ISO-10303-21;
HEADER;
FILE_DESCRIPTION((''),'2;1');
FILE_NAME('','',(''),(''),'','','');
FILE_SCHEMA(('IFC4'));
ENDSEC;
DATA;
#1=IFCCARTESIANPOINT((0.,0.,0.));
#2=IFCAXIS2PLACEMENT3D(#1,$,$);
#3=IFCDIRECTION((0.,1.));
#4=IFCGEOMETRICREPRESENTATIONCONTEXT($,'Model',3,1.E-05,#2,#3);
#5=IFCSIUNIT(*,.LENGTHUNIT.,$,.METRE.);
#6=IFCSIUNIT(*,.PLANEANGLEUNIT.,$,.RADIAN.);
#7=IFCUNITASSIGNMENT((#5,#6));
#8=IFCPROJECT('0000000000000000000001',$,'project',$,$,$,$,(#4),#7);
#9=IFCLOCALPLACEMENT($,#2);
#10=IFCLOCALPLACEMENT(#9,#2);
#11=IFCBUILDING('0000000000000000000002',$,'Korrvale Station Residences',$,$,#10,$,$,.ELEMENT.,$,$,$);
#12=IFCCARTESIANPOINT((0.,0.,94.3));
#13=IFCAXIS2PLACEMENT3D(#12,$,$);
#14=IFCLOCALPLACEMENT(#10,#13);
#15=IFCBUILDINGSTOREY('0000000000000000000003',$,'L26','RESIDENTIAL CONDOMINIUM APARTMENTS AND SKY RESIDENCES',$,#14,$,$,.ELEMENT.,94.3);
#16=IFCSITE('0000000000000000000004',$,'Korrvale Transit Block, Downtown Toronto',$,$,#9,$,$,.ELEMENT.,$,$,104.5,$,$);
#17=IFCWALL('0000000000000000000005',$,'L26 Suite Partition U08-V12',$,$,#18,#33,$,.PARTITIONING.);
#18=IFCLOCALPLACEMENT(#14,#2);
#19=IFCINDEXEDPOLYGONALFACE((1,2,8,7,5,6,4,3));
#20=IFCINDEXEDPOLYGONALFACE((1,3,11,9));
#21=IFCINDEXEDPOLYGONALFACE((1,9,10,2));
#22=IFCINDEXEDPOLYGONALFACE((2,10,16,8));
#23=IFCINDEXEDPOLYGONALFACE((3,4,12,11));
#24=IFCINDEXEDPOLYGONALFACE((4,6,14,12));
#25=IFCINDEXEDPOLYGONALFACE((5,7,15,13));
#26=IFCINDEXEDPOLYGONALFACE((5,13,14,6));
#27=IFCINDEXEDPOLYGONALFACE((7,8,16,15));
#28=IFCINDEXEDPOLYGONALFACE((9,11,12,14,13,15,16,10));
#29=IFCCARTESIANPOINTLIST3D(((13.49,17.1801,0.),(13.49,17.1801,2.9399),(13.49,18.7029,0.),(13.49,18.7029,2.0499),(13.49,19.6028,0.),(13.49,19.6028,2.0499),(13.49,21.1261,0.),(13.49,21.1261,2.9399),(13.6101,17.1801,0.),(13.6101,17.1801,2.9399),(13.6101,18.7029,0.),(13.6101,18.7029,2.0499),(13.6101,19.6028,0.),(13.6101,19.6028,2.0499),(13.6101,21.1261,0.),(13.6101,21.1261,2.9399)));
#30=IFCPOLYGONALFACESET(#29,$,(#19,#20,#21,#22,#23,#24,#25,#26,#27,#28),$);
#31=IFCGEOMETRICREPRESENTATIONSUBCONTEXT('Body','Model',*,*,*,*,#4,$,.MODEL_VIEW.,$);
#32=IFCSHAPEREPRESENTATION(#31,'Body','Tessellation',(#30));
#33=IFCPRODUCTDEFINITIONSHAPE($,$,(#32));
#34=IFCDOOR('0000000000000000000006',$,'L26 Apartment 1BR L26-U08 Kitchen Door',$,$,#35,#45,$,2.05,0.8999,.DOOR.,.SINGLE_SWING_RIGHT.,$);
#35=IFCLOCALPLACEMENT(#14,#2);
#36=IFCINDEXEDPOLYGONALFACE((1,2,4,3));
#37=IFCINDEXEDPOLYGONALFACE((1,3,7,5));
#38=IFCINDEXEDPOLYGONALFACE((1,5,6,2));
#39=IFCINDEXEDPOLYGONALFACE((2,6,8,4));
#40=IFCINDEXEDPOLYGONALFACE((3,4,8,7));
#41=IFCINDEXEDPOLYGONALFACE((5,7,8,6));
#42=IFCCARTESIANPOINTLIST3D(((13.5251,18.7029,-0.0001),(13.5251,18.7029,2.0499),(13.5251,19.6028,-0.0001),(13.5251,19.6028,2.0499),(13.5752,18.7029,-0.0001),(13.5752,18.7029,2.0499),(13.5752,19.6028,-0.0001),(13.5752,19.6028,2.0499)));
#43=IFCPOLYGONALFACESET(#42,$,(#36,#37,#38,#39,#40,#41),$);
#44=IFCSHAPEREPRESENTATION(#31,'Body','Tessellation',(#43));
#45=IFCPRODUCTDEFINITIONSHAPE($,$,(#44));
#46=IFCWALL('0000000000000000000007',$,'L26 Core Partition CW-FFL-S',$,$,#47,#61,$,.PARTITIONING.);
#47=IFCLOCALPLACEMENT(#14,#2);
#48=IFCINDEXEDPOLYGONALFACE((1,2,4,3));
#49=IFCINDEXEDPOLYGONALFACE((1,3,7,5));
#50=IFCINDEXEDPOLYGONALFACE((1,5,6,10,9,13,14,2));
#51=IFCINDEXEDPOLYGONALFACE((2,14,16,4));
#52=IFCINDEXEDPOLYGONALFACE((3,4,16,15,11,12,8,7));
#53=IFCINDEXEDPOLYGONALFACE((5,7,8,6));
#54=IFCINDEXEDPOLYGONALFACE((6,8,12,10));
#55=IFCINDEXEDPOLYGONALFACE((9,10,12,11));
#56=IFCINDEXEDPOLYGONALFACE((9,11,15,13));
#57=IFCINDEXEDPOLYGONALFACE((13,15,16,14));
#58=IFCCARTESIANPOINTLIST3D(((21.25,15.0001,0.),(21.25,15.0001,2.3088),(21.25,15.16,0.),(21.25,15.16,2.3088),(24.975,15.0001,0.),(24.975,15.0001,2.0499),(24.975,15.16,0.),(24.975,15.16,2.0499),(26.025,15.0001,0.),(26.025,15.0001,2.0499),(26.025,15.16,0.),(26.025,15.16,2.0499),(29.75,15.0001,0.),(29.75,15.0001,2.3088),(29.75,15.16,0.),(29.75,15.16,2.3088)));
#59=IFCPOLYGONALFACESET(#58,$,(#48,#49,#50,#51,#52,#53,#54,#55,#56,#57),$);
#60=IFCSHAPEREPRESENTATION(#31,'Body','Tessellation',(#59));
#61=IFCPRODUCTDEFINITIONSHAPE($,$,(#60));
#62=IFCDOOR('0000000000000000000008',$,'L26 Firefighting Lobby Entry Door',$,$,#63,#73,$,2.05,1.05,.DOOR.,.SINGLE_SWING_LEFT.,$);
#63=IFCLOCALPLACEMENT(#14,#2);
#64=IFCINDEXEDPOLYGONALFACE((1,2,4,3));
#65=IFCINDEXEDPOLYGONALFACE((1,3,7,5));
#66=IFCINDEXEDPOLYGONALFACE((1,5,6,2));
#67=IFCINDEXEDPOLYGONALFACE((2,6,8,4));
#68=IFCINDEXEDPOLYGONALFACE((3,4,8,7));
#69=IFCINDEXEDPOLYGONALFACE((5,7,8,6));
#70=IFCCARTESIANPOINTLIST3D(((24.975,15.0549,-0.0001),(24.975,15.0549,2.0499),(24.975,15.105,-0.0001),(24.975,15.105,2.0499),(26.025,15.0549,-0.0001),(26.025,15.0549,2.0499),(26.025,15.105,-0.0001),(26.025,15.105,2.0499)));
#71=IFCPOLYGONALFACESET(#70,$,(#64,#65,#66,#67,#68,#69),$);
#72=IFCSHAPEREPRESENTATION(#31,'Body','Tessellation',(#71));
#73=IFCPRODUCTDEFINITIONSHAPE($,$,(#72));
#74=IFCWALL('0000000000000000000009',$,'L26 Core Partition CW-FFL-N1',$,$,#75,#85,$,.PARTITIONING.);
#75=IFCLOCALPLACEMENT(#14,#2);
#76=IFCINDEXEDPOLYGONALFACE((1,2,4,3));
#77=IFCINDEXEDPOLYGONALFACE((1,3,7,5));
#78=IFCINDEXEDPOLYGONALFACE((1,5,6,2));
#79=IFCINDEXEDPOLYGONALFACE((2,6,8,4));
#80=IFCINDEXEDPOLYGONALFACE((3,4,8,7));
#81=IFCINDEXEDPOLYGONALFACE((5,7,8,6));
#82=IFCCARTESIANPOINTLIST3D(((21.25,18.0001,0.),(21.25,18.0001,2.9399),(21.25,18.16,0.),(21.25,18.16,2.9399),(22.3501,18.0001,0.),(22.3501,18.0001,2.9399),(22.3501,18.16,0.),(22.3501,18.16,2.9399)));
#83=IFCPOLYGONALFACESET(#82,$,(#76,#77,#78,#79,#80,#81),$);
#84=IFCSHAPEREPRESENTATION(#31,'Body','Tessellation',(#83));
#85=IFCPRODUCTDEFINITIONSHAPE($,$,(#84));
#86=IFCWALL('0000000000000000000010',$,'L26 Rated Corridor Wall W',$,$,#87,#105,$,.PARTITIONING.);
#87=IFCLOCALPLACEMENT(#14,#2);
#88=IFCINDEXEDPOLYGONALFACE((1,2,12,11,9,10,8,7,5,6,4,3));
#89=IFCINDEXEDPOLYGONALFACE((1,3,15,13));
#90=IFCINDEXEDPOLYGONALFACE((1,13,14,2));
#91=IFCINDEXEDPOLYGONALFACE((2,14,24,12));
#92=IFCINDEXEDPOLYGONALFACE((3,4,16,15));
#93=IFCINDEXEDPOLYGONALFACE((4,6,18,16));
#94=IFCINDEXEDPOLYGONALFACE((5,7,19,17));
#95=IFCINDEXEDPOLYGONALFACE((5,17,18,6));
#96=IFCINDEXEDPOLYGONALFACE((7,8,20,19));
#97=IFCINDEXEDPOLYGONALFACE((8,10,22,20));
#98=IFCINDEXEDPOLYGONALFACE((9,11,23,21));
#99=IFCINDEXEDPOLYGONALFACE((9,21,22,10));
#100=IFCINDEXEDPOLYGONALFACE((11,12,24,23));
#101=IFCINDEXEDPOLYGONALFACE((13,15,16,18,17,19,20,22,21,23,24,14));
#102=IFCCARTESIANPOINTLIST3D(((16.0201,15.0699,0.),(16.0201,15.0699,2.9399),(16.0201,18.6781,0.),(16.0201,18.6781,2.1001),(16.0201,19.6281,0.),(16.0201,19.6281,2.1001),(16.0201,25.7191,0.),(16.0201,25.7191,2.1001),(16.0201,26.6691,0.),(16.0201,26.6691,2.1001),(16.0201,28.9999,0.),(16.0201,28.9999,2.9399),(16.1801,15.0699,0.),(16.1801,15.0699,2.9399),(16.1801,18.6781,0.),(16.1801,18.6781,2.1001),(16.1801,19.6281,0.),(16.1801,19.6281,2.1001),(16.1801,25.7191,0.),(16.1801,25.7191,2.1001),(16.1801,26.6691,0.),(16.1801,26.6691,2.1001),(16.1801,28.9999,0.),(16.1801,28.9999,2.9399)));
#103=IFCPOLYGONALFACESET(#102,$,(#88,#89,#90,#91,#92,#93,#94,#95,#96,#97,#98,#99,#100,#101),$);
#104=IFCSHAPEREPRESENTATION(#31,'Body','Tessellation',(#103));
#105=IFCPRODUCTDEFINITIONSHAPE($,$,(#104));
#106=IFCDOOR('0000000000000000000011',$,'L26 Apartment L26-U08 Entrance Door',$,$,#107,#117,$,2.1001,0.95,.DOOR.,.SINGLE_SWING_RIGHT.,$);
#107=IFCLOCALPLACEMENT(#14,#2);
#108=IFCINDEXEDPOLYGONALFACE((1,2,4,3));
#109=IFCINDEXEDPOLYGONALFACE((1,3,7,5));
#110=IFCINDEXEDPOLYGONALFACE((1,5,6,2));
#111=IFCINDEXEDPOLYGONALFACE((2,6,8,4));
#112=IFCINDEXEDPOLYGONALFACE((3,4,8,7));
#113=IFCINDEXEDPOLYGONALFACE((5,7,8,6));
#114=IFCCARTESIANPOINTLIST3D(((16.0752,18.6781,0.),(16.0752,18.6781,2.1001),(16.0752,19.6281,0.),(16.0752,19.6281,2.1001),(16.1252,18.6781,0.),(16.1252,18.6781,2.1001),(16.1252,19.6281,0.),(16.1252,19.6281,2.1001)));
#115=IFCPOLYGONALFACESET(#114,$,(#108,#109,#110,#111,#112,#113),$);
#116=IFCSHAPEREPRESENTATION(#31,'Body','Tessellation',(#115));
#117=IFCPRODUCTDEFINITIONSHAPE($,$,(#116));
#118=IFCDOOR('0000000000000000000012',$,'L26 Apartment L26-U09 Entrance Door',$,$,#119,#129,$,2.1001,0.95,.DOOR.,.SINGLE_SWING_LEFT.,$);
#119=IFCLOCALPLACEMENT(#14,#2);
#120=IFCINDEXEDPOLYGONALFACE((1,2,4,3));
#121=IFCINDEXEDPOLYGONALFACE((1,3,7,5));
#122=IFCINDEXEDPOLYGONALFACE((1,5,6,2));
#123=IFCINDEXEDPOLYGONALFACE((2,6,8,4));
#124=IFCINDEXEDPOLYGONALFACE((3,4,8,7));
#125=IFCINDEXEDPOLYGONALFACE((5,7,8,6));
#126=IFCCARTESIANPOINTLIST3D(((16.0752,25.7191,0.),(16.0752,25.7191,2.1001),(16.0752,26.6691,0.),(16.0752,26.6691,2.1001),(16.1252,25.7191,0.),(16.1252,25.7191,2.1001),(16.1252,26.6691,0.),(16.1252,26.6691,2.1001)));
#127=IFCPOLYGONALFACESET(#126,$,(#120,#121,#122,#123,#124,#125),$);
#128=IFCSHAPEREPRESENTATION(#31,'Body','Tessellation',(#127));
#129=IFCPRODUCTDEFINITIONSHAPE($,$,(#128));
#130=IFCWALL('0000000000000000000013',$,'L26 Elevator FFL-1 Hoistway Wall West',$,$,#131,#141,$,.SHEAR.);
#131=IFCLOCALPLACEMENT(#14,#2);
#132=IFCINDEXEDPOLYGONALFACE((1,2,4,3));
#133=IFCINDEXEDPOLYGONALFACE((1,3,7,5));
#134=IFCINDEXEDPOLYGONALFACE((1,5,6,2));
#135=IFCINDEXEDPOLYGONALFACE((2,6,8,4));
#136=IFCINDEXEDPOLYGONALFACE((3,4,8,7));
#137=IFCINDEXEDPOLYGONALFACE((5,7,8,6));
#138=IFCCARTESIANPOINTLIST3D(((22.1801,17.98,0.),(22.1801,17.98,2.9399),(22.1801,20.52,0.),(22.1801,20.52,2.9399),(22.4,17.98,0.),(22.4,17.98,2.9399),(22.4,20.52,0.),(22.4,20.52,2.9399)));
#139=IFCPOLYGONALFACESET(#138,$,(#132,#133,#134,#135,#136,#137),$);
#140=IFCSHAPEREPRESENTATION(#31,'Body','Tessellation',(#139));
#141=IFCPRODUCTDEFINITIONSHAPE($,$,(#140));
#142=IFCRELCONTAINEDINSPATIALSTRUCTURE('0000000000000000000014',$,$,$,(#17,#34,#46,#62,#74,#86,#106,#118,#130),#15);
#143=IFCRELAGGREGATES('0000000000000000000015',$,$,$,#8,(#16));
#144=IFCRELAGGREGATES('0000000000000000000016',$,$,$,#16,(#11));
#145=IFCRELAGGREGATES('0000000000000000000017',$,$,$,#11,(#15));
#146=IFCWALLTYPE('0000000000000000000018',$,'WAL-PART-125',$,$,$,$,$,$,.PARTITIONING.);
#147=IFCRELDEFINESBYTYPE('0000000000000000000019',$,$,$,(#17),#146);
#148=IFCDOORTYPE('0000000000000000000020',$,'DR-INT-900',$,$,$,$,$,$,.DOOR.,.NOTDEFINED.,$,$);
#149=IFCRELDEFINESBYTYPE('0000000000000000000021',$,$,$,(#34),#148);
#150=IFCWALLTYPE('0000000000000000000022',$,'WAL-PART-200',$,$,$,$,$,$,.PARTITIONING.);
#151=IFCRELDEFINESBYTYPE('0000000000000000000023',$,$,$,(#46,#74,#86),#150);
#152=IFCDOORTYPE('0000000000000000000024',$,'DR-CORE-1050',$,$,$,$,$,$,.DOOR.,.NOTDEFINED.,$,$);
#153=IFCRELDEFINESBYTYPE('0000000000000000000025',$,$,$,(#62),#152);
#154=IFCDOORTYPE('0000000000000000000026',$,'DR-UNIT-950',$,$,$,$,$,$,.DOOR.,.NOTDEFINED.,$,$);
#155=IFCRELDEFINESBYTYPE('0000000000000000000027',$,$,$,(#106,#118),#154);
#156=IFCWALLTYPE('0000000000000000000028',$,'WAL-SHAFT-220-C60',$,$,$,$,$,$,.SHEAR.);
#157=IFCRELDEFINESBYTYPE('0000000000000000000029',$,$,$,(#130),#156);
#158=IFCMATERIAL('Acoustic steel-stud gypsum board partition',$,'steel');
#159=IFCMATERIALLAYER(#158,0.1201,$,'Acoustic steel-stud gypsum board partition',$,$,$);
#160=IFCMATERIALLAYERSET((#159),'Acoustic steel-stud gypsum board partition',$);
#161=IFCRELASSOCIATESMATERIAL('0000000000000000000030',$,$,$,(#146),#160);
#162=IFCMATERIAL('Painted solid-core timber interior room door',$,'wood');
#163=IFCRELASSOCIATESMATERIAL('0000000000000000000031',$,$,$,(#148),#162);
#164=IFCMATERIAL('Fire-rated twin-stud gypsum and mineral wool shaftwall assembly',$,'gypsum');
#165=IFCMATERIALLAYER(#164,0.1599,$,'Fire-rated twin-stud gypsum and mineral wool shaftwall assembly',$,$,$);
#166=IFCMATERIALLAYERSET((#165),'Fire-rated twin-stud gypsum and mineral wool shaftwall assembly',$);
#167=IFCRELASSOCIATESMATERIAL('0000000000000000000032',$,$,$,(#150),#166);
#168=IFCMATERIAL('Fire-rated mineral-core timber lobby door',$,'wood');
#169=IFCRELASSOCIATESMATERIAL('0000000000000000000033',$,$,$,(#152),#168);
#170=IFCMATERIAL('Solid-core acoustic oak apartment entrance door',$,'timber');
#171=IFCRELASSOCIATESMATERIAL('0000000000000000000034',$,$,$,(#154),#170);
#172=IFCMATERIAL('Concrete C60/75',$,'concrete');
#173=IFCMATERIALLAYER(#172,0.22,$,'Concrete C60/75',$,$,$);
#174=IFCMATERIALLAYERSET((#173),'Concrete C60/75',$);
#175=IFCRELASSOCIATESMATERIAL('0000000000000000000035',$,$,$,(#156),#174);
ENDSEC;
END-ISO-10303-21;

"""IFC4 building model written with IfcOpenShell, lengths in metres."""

from ifc_helpers import new_model, si_unit, direction, frame, frame_2d, origin, place, context, subcontext, project, spatial, rectangle, extrude, material, layer, layer_set, type_object, element, fill, save


model = new_model("IFC4")

# Units and contexts
model_context = context("Model", 3, precision=1e-05, world=origin(), true_north=direction((0.0, 1.0)))
body_context = subcontext(model_context, "Body", "Model", "MODEL_VIEW")
ifc_project = project(units=[si_unit("LENGTHUNIT", "METRE"), si_unit("PLANEANGLEUNIT", "RADIAN")], contexts=[model_context])

# Site, building, storey
site_placement = place(None, origin())
site = spatial("IfcSite", under=ifc_project, at=site_placement, Name="Korrvale Transit Block, Downtown Toronto", CompositionType="ELEMENT", RefElevation=104.5)
building_placement = place(site_placement, origin())
building = spatial("IfcBuilding", under=site, at=building_placement, Name="Korrvale Station Residences", CompositionType="ELEMENT")
storey_placement = place(building_placement, frame((0.0, 0.0, 94.3)))
storey = spatial("IfcBuildingStorey", under=building, at=storey_placement, Name="L26", Description="RESIDENTIAL CONDOMINIUM APARTMENTS AND SKY RESIDENCES", CompositionType="ELEMENT", Elevation=94.3)

# Shared definitions
ifc_material_1 = material(Name="Concrete C60/75", Category="concrete")

# Shared definitions
ifc_material_2 = material(Name="Acoustic steel-stud gypsum board partition", Category="steel")
ifc_layer_1 = layer(ifc_material_2, 0.1201, Name="Acoustic steel-stud gypsum board partition")
ifc_layer_set_1 = layer_set([ifc_layer_1], Name="Acoustic steel-stud gypsum board partition")
wall_type_1 = type_object("IfcWallType", Name="WAL-PART-125", PredefinedType="PARTITIONING", material=ifc_layer_set_1)

# Walls, openings, doors
wall_1_placement = place(storey_placement, frame((13.55, 17.1799, 0.0), z_axis=(0.0, 0.0, 1.0), x_axis=(0.0, 1.0, 0.0)))
wall_1 = element("IfcWall", 1, at=wall_1_placement, inside=storey, type_object=wall_type_1, Name="L26 Suite Partition U08-V12", PredefinedType="PARTITIONING", context=body_context, shape_type="SweptSolid", body=[
    extrude(rectangle(XDim=3.946, YDim=0.1201, at=frame_2d((1.9731, 0.0))), origin(), (0.0, 0.0, 1.0), 2.9399),
])
opening_1_placement = place(wall_1_placement, frame((1.5229, 0.0, 0.0)))
opening_1 = element("IfcOpeningElement", 2, at=opening_1_placement, cuts=wall_1, PredefinedType="OPENING", context=body_context, shape_type="SweptSolid", body=[
    extrude(rectangle(XDim=0.8999, YDim=2.05, at=frame_2d((0.45, 1.0249))), frame((0.0, 0.0701, 0.0), z_axis=(0.0, -1.0, 0.0), x_axis=(1.0, 0.0, 0.0)), (0.0, 0.0, 1.0), 0.1401),
])
ifc_material_3 = material(Name="Painted solid-core timber interior room door", Category="wood")
door_type_1 = type_object("IfcDoorType", Name="DR-INT-900", OperationType="NOTDEFINED", PredefinedType="DOOR", material=ifc_material_3)
door_1_placement = place(opening_1_placement, origin())
door_1 = element("IfcDoor", 3, at=door_1_placement, inside=storey, type_object=door_type_1, Name="L26 Apartment 1BR L26-U08 Kitchen Door", OperationType="SINGLE_SWING_RIGHT", OverallHeight=2.05, OverallWidth=0.8999, PredefinedType="DOOR", context=body_context, shape_type="SweptSolid", body=[
    extrude(rectangle(XDim=0.8999, YDim=2.05, at=frame_2d((0.45, 1.0249))), frame((0.0, 0.0249, 0.0), z_axis=(0.0, -1.0, 0.0), x_axis=(1.0, 0.0, 0.0)), (0.0, 0.0, 1.0), 0.05),
])
fill(opening_1, door_1)
ifc_material_4 = material(Name="Fire-rated twin-stud gypsum and mineral wool shaftwall assembly", Category="gypsum")
ifc_layer_2 = layer(ifc_material_4, 0.1599, Name="Fire-rated twin-stud gypsum and mineral wool shaftwall assembly")
ifc_layer_set_2 = layer_set([ifc_layer_2], Name="Fire-rated twin-stud gypsum and mineral wool shaftwall assembly")
wall_type_2 = type_object("IfcWallType", Name="WAL-PART-200", PredefinedType="PARTITIONING", material=ifc_layer_set_2)
wall_2_placement = place(storey_placement, frame((21.25, 15.0801, 0.0), z_axis=(0.0, 0.0, 1.0), x_axis=(1.0, 0.0, 0.0)))
wall_2 = element("IfcWall", 4, at=wall_2_placement, inside=storey, type_object=wall_type_2, Name="L26 Core Partition CW-FFL-S", PredefinedType="PARTITIONING", context=body_context, shape_type="SweptSolid", body=[
    extrude(rectangle(XDim=8.5, YDim=0.1599, at=frame_2d((4.25, 0.0))), origin(), (0.0, 0.0, 1.0), 2.3088),
])
opening_2_placement = place(wall_2_placement, frame((3.7251, 0.0, 0.0)))
opening_2 = element("IfcOpeningElement", 5, at=opening_2_placement, cuts=wall_2, PredefinedType="OPENING", context=body_context, shape_type="SweptSolid", body=[
    extrude(rectangle(XDim=1.05, YDim=2.05, at=frame_2d((0.5249, 1.0249))), frame((0.0, 0.0898, 0.0), z_axis=(0.0, -1.0, 0.0), x_axis=(1.0, 0.0, 0.0)), (0.0, 0.0, 1.0), 0.1799),
])
ifc_material_5 = material(Name="Fire-rated mineral-core timber lobby door", Category="wood")
door_type_2 = type_object("IfcDoorType", Name="DR-CORE-1050", OperationType="NOTDEFINED", PredefinedType="DOOR", material=ifc_material_5)
door_2_placement = place(opening_2_placement, origin())
door_2 = element("IfcDoor", 6, at=door_2_placement, inside=storey, type_object=door_type_2, Name="L26 Firefighting Lobby Entry Door", OperationType="SINGLE_SWING_LEFT", OverallHeight=2.05, OverallWidth=1.05, PredefinedType="DOOR", context=body_context, shape_type="SweptSolid", body=[
    extrude(rectangle(XDim=1.05, YDim=2.05, at=frame_2d((0.5249, 1.0249))), frame((0.0, 0.0249, 0.0), z_axis=(0.0, -1.0, 0.0), x_axis=(1.0, 0.0, 0.0)), (0.0, 0.0, 1.0), 0.05),
])
fill(opening_2, door_2)

# Wall
wall_3_placement = place(storey_placement, frame((21.25, 18.0801, 0.0), z_axis=(0.0, 0.0, 1.0), x_axis=(1.0, 0.0, 0.0)))
element("IfcWall", 7, at=wall_3_placement, inside=storey, type_object=wall_type_2, Name="L26 Core Partition CW-FFL-N1", PredefinedType="PARTITIONING", context=body_context, shape_type="SweptSolid", body=[
    extrude(rectangle(XDim=1.1001, YDim=0.1599, at=frame_2d((0.55, 0.0))), origin(), (0.0, 0.0, 1.0), 2.9399),
])

# Wall, openings, doors
wall_4_placement = place(storey_placement, frame((16.1001, 15.0701, 0.0), z_axis=(0.0, 0.0, 1.0), x_axis=(0.0, 1.0, 0.0)))
wall_4 = element("IfcWall", 8, at=wall_4_placement, inside=storey, type_object=wall_type_2, Name="L26 Rated Corridor Wall W", PredefinedType="PARTITIONING", context=body_context, shape_type="SweptSolid", body=[
    extrude(rectangle(XDim=13.9299, YDim=0.1599, at=frame_2d((6.9648, 0.0))), origin(), (0.0, 0.0, 1.0), 2.9399),
])
opening_3_placement = place(wall_4_placement, frame((3.6079, 0.0, 0.0)))
opening_3 = element("IfcOpeningElement", 9, at=opening_3_placement, cuts=wall_4, PredefinedType="OPENING", context=body_context, shape_type="SweptSolid", body=[
    extrude(rectangle(XDim=0.95, YDim=2.1001, at=frame_2d((0.4751, 1.05))), frame((0.0, 0.0898, 0.0), z_axis=(0.0, -1.0, 0.0), x_axis=(1.0, 0.0, 0.0)), (0.0, 0.0, 1.0), 0.1799),
])
opening_4_placement = place(wall_4_placement, frame((10.6489, 0.0, 0.0)))
opening_4 = element("IfcOpeningElement", 10, at=opening_4_placement, cuts=wall_4, PredefinedType="OPENING", context=body_context, shape_type="SweptSolid", body=[
    extrude(rectangle(XDim=0.95, YDim=2.1001, at=frame_2d((0.4751, 1.05))), frame((0.0, 0.0898, 0.0), z_axis=(0.0, -1.0, 0.0), x_axis=(1.0, 0.0, 0.0)), (0.0, 0.0, 1.0), 0.1799),
])
ifc_material_6 = material(Name="Solid-core acoustic oak apartment entrance door", Category="timber")
door_type_3 = type_object("IfcDoorType", Name="DR-UNIT-950", OperationType="NOTDEFINED", PredefinedType="DOOR", material=ifc_material_6)
door_3_placement = place(opening_3_placement, origin())
door_3 = element("IfcDoor", 11, at=door_3_placement, inside=storey, type_object=door_type_3, Name="L26 Apartment L26-U08 Entrance Door", OperationType="SINGLE_SWING_RIGHT", OverallHeight=2.1001, OverallWidth=0.95, PredefinedType="DOOR", context=body_context, shape_type="SweptSolid", body=[
    extrude(rectangle(XDim=0.95, YDim=2.1001, at=frame_2d((0.4751, 1.05))), frame((0.0, 0.0249, 0.0), z_axis=(0.0, -1.0, 0.0), x_axis=(1.0, 0.0, 0.0)), (0.0, 0.0, 1.0), 0.05),
])
fill(opening_3, door_3)
door_4_placement = place(opening_4_placement, origin())
door_4 = element("IfcDoor", 12, at=door_4_placement, inside=storey, type_object=door_type_3, Name="L26 Apartment L26-U09 Entrance Door", OperationType="SINGLE_SWING_LEFT", OverallHeight=2.1001, OverallWidth=0.95, PredefinedType="DOOR", context=body_context, shape_type="SweptSolid", body=[
    extrude(rectangle(XDim=0.95, YDim=2.1001, at=frame_2d((0.4751, 1.05))), frame((0.0, 0.0249, 0.0), z_axis=(0.0, -1.0, 0.0), x_axis=(1.0, 0.0, 0.0)), (0.0, 0.0, 1.0), 0.05),
])
fill(opening_4, door_4)

# Shared definitions
ifc_layer_3 = layer(ifc_material_1, 0.22, Name="Concrete C60/75")
ifc_layer_set_3 = layer_set([ifc_layer_3], Name="Concrete C60/75")
wall_type_3 = type_object("IfcWallType", Name="WAL-SHAFT-220-C60", PredefinedType="SHEAR", material=ifc_layer_set_3)

# Wall
wall_5_placement = place(storey_placement, frame((22.29, 17.98, 0.0), z_axis=(0.0, 0.0, 1.0), x_axis=(0.0, 1.0, 0.0)))
element("IfcWall", 13, at=wall_5_placement, inside=storey, type_object=wall_type_3, Name="L26 Elevator FFL-1 Hoistway Wall West", PredefinedType="SHEAR", context=body_context, shape_type="SweptSolid", body=[
    extrude(rectangle(XDim=2.54, YDim=0.22, at=frame_2d((1.27, 0.0))), origin(), (0.0, 0.0, 1.0), 2.9399),
])

save(model, "model.ifc")
